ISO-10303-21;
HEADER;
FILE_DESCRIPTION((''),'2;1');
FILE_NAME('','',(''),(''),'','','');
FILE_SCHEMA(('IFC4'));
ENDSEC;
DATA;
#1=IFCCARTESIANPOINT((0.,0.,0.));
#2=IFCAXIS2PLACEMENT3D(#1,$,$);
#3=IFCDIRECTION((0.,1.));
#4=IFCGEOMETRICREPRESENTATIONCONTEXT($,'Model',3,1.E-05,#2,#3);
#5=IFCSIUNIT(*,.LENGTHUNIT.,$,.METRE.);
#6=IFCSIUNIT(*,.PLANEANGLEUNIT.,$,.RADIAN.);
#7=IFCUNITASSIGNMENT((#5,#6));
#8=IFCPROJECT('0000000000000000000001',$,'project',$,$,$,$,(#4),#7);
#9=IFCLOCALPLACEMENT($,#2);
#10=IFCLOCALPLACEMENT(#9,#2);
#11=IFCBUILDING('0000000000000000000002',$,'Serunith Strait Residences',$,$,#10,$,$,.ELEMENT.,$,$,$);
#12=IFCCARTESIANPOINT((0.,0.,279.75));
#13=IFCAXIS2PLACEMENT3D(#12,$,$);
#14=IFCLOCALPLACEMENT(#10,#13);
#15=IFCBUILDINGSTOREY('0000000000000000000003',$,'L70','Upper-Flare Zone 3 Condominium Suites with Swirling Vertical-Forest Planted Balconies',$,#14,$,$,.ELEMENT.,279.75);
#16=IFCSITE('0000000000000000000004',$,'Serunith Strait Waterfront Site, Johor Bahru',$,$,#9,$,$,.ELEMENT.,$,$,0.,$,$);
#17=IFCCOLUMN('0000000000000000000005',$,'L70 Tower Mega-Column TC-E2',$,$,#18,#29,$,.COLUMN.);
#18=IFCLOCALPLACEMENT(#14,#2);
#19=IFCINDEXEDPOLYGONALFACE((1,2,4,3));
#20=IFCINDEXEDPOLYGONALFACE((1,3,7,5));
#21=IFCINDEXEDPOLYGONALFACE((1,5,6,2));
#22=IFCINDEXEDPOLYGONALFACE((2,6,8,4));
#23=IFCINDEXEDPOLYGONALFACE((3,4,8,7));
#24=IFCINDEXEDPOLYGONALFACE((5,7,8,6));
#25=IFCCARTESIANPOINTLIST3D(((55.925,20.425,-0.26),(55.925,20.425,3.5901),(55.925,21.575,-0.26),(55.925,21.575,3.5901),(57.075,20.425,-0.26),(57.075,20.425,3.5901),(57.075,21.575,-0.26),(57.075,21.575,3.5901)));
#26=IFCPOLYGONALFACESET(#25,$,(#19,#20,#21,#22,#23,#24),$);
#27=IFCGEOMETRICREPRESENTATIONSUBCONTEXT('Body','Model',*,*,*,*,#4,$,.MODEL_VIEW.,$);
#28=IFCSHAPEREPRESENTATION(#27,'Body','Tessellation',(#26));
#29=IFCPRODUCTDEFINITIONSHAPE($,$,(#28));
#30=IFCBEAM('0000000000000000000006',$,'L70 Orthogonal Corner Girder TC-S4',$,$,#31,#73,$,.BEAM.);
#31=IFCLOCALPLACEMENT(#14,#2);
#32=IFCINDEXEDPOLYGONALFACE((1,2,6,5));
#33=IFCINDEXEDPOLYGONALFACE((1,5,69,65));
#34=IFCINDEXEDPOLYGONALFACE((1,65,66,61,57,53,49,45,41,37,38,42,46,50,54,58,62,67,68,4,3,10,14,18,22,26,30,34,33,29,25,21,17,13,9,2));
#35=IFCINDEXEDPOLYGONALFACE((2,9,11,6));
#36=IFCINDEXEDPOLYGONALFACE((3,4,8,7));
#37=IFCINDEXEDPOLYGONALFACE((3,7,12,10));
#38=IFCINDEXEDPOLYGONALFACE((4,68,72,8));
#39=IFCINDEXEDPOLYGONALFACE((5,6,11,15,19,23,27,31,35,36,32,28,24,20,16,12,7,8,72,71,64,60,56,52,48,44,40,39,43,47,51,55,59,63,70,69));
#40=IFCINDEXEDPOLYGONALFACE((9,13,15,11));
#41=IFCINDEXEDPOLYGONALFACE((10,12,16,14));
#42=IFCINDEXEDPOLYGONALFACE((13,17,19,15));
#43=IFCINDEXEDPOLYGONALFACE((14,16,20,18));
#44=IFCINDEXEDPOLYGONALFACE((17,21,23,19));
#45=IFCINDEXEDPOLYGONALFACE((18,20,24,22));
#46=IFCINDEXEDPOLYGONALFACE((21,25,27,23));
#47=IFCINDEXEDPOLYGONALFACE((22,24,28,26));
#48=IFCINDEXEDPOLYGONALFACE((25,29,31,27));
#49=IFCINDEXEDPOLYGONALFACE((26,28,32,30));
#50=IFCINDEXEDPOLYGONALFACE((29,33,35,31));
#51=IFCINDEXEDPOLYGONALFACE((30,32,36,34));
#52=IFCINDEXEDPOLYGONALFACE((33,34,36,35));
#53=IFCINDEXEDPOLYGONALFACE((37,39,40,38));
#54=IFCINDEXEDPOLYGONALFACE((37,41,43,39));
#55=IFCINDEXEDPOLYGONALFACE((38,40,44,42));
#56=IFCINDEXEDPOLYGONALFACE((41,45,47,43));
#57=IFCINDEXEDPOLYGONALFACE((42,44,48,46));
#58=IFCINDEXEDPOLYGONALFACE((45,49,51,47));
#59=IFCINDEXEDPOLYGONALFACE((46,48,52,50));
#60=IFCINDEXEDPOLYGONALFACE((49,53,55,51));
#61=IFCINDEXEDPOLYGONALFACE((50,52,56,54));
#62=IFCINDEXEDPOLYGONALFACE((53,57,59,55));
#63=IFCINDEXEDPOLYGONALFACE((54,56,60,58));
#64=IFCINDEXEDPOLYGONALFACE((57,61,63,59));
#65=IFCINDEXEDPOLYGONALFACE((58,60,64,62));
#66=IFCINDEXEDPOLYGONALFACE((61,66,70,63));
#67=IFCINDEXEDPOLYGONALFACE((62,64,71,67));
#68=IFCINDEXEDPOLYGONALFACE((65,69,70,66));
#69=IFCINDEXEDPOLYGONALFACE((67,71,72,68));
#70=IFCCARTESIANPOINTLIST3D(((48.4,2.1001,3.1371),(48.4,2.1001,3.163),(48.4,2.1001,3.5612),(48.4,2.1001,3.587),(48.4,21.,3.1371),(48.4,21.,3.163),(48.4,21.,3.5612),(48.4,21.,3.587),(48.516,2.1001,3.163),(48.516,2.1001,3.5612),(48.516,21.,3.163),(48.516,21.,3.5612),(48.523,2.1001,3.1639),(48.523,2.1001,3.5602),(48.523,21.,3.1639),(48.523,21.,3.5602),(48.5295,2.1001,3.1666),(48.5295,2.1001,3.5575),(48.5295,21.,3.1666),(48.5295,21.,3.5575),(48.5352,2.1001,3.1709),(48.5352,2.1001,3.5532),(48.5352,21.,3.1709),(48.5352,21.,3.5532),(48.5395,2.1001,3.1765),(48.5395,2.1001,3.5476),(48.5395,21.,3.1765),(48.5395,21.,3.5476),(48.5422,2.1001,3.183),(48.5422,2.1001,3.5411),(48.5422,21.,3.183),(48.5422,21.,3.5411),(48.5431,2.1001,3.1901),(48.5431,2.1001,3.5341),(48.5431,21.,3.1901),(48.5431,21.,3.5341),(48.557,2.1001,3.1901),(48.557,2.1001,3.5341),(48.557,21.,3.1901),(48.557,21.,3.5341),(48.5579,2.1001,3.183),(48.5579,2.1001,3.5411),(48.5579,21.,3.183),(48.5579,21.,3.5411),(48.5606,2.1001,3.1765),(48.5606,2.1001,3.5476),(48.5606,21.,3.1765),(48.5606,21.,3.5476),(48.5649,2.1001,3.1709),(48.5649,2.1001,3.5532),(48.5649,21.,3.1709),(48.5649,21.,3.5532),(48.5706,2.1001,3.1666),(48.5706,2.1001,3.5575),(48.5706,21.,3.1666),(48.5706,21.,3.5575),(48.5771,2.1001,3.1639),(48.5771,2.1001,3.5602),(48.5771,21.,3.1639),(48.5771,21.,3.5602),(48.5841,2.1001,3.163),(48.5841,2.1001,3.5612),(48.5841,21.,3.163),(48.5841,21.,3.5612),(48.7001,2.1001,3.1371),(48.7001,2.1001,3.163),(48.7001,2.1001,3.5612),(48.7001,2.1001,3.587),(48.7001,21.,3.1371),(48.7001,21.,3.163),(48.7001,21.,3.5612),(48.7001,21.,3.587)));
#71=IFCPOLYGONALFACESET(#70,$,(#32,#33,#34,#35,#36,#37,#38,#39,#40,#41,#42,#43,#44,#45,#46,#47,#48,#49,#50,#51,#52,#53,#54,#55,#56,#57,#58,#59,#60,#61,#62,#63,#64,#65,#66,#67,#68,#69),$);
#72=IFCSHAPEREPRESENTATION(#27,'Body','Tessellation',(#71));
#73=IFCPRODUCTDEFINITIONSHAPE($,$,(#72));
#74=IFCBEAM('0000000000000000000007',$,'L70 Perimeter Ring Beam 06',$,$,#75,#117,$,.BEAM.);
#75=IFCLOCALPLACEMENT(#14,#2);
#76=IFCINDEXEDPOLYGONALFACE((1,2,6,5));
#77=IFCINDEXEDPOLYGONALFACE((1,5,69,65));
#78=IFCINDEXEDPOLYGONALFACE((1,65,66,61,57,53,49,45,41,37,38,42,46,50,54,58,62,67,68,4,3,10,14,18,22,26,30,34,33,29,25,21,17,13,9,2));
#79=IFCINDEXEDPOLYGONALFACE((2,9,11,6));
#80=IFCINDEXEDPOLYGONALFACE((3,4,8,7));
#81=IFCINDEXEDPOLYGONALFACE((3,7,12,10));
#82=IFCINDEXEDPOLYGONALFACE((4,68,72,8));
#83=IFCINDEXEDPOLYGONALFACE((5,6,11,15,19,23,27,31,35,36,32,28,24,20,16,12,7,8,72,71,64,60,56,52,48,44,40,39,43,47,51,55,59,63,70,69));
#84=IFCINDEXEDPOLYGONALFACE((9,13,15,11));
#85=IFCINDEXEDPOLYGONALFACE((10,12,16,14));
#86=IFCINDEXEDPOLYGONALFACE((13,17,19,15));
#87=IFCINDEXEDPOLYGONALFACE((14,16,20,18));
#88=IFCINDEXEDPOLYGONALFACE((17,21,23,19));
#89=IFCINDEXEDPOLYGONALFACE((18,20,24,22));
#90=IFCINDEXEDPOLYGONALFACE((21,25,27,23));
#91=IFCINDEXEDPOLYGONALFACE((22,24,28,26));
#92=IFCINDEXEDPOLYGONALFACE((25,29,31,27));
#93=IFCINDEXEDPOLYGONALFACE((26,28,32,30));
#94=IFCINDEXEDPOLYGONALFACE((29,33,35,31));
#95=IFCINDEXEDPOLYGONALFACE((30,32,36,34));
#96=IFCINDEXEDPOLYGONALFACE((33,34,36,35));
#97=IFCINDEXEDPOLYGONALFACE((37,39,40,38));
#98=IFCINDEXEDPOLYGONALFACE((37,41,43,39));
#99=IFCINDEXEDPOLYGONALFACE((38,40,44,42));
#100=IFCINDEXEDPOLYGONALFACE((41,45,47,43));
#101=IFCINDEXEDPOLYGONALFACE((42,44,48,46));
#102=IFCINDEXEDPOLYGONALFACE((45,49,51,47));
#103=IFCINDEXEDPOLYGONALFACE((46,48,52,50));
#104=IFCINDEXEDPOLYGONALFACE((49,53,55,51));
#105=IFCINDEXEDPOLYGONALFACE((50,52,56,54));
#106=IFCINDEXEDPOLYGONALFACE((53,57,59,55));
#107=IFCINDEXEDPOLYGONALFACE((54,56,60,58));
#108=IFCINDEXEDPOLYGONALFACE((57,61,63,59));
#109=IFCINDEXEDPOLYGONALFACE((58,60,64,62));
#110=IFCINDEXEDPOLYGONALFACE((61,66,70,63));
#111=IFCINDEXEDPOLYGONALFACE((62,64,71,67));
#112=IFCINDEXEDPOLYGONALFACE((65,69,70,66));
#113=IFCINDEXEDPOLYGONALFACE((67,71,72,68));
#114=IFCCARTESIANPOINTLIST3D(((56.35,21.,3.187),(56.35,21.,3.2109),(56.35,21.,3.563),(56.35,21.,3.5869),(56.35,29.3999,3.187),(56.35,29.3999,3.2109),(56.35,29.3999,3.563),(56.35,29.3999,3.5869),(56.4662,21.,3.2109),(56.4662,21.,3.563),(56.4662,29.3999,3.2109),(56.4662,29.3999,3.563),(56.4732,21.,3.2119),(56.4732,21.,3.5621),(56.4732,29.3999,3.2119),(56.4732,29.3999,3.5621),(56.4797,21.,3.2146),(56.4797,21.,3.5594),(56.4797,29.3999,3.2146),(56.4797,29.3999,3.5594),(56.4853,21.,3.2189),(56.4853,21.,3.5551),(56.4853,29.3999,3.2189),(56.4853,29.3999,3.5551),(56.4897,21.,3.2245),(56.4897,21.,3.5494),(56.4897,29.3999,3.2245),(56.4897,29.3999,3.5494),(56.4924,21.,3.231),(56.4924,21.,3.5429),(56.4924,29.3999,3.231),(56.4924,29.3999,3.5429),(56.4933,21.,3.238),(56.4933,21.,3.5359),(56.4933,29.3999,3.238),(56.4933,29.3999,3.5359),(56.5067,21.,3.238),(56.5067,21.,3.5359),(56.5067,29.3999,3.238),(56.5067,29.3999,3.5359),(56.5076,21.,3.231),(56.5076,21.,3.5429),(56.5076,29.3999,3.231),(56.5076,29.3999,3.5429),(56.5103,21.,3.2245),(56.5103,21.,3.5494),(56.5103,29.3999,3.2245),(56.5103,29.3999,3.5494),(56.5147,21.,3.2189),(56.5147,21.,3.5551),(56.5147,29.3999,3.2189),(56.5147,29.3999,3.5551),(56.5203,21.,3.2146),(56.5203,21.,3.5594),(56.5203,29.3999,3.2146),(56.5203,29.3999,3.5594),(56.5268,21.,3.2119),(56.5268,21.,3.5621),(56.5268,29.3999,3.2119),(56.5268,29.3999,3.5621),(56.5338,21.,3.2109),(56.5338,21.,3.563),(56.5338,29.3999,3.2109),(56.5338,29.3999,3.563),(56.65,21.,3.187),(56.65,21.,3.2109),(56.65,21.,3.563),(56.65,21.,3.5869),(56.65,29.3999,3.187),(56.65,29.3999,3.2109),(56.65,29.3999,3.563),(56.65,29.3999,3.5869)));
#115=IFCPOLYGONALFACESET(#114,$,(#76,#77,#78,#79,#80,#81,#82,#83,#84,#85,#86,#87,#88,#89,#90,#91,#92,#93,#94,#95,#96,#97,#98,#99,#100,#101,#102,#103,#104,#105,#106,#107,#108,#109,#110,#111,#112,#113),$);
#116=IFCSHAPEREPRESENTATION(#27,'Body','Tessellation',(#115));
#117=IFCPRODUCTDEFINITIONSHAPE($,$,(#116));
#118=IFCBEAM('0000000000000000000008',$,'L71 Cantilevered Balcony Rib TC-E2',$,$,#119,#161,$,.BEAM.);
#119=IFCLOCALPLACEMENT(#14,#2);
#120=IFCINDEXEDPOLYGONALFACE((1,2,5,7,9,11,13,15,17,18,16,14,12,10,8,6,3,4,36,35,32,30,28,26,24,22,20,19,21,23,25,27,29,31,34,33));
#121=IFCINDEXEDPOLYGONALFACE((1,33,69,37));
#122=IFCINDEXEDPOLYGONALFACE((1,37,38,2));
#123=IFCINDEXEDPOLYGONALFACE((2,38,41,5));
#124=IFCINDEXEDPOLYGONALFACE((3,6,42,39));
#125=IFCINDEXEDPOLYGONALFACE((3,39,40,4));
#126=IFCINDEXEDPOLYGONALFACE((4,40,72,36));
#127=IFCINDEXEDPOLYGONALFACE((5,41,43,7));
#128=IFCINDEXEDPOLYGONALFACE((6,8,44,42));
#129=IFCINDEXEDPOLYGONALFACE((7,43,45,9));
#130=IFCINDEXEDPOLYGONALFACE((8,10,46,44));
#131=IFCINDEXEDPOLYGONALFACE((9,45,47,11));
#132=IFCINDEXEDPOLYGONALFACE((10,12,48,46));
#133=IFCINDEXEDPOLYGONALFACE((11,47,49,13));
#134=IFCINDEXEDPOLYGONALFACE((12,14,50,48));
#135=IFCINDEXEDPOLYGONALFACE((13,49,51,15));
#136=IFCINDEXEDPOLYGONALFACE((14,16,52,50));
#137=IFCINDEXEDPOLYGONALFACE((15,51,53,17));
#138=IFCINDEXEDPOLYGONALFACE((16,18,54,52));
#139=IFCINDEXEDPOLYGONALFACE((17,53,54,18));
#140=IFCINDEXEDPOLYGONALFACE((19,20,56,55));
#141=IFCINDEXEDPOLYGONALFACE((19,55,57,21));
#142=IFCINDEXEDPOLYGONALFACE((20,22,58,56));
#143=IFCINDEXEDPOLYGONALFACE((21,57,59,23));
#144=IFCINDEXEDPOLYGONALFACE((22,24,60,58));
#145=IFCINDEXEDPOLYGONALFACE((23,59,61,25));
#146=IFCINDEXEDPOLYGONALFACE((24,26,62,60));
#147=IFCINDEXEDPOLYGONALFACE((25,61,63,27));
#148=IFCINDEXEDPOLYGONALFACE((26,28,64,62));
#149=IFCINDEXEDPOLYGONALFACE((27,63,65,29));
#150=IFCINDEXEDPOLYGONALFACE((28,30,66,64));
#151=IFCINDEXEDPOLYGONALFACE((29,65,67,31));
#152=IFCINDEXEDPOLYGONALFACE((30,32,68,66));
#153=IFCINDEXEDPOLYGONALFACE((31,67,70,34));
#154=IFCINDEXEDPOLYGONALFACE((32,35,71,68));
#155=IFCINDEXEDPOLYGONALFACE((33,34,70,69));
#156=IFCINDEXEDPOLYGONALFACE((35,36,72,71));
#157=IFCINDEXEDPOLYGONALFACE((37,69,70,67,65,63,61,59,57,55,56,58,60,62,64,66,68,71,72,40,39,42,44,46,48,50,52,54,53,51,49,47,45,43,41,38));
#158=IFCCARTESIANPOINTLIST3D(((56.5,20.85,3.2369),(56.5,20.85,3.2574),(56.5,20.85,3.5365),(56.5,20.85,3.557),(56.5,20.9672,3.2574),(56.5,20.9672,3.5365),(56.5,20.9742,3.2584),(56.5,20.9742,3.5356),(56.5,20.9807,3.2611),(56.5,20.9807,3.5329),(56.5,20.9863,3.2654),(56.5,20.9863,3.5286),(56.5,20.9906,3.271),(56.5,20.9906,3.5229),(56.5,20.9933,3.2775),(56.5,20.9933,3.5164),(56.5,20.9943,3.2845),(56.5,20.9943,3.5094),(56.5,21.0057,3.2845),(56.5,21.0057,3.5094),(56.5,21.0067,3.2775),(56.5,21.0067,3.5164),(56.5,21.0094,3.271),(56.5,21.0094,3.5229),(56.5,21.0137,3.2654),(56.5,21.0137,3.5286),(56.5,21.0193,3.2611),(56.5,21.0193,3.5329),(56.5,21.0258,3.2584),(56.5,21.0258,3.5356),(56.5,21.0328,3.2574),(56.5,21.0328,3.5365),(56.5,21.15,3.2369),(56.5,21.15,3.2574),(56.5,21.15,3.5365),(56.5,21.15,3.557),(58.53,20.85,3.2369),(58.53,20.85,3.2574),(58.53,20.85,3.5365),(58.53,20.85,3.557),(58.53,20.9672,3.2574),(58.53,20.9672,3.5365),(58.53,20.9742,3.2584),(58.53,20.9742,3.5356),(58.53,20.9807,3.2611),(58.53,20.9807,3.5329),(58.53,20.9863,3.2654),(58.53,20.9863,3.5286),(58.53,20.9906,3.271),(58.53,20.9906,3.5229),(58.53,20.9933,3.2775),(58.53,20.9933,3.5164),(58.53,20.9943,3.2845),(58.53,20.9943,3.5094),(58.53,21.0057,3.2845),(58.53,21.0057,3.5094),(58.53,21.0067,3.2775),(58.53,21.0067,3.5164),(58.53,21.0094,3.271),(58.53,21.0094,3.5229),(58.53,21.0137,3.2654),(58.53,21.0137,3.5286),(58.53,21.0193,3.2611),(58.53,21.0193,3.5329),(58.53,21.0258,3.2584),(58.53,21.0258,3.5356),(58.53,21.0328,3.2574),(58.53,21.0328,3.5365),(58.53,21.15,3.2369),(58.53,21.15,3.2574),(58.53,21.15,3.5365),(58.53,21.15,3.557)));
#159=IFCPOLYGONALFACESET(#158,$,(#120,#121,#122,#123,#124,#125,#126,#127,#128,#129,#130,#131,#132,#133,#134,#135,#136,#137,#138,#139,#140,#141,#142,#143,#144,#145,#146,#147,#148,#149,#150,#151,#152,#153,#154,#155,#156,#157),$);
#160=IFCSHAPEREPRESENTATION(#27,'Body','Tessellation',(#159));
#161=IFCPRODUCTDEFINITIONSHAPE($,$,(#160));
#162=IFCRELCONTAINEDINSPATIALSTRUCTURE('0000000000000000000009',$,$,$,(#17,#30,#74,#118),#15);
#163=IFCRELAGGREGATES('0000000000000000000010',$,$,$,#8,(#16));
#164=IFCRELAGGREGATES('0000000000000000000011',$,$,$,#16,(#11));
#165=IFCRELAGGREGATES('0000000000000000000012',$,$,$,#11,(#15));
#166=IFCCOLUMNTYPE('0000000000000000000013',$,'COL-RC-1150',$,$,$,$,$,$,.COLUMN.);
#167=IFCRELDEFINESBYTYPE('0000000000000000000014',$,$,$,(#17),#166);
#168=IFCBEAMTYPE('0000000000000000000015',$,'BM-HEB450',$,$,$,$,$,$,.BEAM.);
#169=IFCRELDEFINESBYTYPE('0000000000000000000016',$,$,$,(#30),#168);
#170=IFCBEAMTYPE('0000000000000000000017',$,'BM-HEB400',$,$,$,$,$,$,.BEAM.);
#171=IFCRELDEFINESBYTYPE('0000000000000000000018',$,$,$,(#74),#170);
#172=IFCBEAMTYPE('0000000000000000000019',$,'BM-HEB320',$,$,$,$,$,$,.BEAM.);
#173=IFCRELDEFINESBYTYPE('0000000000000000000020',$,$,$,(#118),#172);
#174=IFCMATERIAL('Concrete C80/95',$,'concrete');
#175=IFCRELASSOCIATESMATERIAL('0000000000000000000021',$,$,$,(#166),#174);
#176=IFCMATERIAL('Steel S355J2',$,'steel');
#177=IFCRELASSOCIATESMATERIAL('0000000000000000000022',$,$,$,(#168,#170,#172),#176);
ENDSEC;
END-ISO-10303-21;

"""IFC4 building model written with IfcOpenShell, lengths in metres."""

from ifc_helpers import new_model, si_unit, direction, frame, origin, origin_2d, place, context, subcontext, project, spatial, rectangle, i_section, extrude, source, transform, mapped, material, material_profile, profile_set, type_object, element, save


model = new_model("IFC4")

# Units and contexts
model_context = context("Model", 3, precision=1e-05, world=origin(), true_north=direction((0.0, 1.0)))
body_context = subcontext(model_context, "Body", "Model", "MODEL_VIEW")
ifc_project = project(units=[si_unit("LENGTHUNIT", "METRE"), si_unit("PLANEANGLEUNIT", "RADIAN")], contexts=[model_context])

# Site, building, storey
site_placement = place(None, origin())
site = spatial("IfcSite", under=ifc_project, at=site_placement, Name="Serunith Strait Waterfront Site, Johor Bahru", CompositionType="ELEMENT", RefElevation=0.0)
building_placement = place(site_placement, origin())
building = spatial("IfcBuilding", under=site, at=building_placement, Name="Serunith Strait Residences", CompositionType="ELEMENT")
storey_placement = place(building_placement, frame((0.0, 0.0, 279.75)))
storey = spatial("IfcBuildingStorey", under=building, at=storey_placement, Name="L70", Description="Upper-Flare Zone 3 Condominium Suites with Swirling Vertical-Forest Planted Balconies", CompositionType="ELEMENT", Elevation=279.75)

# Column
ifc_material_1 = material(Name="Concrete C80/95", Category="concrete")
ifc_material_profile_1 = material_profile(ifc_material_1, rectangle(XDim=1.1499, YDim=1.1499, at=origin_2d()), Name="RC 1150x1150")
ifc_profile_set_1 = profile_set([ifc_material_profile_1], Name="Concrete C80/95")
column_type = type_object("IfcColumnType", Name="COL-RC-1150", PredefinedType="COLUMN", material=ifc_profile_set_1)
shared_shape_1 = source(origin(), body_context, "Body", "SweptSolid", [
    extrude(rectangle(XDim=1.1499, YDim=1.1499, at=origin_2d()), origin(), (0.0, 0.0, 1.0), 3.8501),
])
column_placement = place(storey_placement, frame((56.5, 21.0, -0.26), z_axis=(0.0, 0.0, 1.0), x_axis=(1.0, 0.0, 0.0)))
element("IfcColumn", 1, at=column_placement, inside=storey, type_object=column_type, Name="L70 Tower Mega-Column TC-E2", PredefinedType="COLUMN", context=body_context, shape_type="MappedRepresentation", body=[
    mapped(shared_shape_1, transform((0.0, 0.0, 0.0), scale=1.0)),
])

# Beams
ifc_material_2 = material(Name="Steel S355J2", Category="steel")
ifc_material_profile_2 = material_profile(ifc_material_2, i_section(OverallWidth=0.3, OverallDepth=0.45, WebThickness=0.0139, FlangeThickness=0.0259, FilletRadius=0.0271, at=origin_2d()), Name="HEB 450")
ifc_profile_set_2 = profile_set([ifc_material_profile_2], Name="Steel S355J2")
beam_type_1 = type_object("IfcBeamType", Name="BM-HEB450", PredefinedType="BEAM", material=ifc_profile_set_2)
shared_shape_2 = source(origin(), body_context, "Body", "SweptSolid", [
    extrude(i_section(OverallWidth=0.3, OverallDepth=0.45, WebThickness=0.0139, FlangeThickness=0.0259, FilletRadius=0.0271, at=origin_2d()), origin(), (0.0, 0.0, 1.0), 18.8999),
])
beam_1_placement = place(storey_placement, frame((48.55, 21.0, 3.3621), z_axis=(0.0, -1.0, 0.0), x_axis=(1.0, 0.0, 0.0)))
element("IfcBeam", 2, at=beam_1_placement, inside=storey, type_object=beam_type_1, Name="L70 Orthogonal Corner Girder TC-S4", PredefinedType="BEAM", context=body_context, shape_type="MappedRepresentation", body=[
    mapped(shared_shape_2, transform((0.0, 0.0, 0.0), scale=1.0)),
])
ifc_material_profile_3 = material_profile(ifc_material_2, i_section(OverallWidth=0.3, OverallDepth=0.3999, WebThickness=0.0134, FlangeThickness=0.0239, FilletRadius=0.0271, at=origin_2d()), Name="HEB 400")
ifc_profile_set_3 = profile_set([ifc_material_profile_3], Name="Steel S355J2")
beam_type_2 = type_object("IfcBeamType", Name="BM-HEB400", PredefinedType="BEAM", material=ifc_profile_set_3)
shared_shape_3 = source(origin(), body_context, "Body", "SweptSolid", [
    extrude(i_section(OverallWidth=0.3, OverallDepth=0.3999, WebThickness=0.0134, FlangeThickness=0.0239, FilletRadius=0.0271, at=origin_2d()), origin(), (0.0, 0.0, 1.0), 8.3999),
])
beam_2_placement = place(storey_placement, frame((56.5, 21.0, 3.387), z_axis=(0.0, 1.0, 0.0), x_axis=(-1.0, 0.0, 0.0)))
element("IfcBeam", 3, at=beam_2_placement, inside=storey, type_object=beam_type_2, Name="L70 Perimeter Ring Beam 06", PredefinedType="BEAM", context=body_context, shape_type="MappedRepresentation", body=[
    mapped(shared_shape_3, transform((0.0, 0.0, 0.0), scale=1.0)),
])
ifc_material_profile_4 = material_profile(ifc_material_2, i_section(OverallWidth=0.3, OverallDepth=0.3201, WebThickness=0.0115, FlangeThickness=0.0205, FilletRadius=0.0271, at=origin_2d()), Name="HEB 320")
ifc_profile_set_4 = profile_set([ifc_material_profile_4], Name="Steel S355J2")
beam_type_3 = type_object("IfcBeamType", Name="BM-HEB320", PredefinedType="BEAM", material=ifc_profile_set_4)
shared_shape_4 = source(origin(), body_context, "Body", "SweptSolid", [
    extrude(i_section(OverallWidth=0.3, OverallDepth=0.3201, WebThickness=0.0115, FlangeThickness=0.0205, FilletRadius=0.0271, at=origin_2d()), origin(), (0.0, 0.0, 1.0), 2.03),
])
beam_3_placement = place(storey_placement, frame((56.5, 21.0, 3.397), z_axis=(1.0, 0.0, 0.0), x_axis=(0.0, 1.0, 0.0)))
element("IfcBeam", 4, at=beam_3_placement, inside=storey, type_object=beam_type_3, Name="L71 Cantilevered Balcony Rib TC-E2", PredefinedType="BEAM", context=body_context, shape_type="MappedRepresentation", body=[
    mapped(shared_shape_4, transform((0.0, 0.0, 0.0), scale=1.0)),
])

save(model, "model.ifc")
